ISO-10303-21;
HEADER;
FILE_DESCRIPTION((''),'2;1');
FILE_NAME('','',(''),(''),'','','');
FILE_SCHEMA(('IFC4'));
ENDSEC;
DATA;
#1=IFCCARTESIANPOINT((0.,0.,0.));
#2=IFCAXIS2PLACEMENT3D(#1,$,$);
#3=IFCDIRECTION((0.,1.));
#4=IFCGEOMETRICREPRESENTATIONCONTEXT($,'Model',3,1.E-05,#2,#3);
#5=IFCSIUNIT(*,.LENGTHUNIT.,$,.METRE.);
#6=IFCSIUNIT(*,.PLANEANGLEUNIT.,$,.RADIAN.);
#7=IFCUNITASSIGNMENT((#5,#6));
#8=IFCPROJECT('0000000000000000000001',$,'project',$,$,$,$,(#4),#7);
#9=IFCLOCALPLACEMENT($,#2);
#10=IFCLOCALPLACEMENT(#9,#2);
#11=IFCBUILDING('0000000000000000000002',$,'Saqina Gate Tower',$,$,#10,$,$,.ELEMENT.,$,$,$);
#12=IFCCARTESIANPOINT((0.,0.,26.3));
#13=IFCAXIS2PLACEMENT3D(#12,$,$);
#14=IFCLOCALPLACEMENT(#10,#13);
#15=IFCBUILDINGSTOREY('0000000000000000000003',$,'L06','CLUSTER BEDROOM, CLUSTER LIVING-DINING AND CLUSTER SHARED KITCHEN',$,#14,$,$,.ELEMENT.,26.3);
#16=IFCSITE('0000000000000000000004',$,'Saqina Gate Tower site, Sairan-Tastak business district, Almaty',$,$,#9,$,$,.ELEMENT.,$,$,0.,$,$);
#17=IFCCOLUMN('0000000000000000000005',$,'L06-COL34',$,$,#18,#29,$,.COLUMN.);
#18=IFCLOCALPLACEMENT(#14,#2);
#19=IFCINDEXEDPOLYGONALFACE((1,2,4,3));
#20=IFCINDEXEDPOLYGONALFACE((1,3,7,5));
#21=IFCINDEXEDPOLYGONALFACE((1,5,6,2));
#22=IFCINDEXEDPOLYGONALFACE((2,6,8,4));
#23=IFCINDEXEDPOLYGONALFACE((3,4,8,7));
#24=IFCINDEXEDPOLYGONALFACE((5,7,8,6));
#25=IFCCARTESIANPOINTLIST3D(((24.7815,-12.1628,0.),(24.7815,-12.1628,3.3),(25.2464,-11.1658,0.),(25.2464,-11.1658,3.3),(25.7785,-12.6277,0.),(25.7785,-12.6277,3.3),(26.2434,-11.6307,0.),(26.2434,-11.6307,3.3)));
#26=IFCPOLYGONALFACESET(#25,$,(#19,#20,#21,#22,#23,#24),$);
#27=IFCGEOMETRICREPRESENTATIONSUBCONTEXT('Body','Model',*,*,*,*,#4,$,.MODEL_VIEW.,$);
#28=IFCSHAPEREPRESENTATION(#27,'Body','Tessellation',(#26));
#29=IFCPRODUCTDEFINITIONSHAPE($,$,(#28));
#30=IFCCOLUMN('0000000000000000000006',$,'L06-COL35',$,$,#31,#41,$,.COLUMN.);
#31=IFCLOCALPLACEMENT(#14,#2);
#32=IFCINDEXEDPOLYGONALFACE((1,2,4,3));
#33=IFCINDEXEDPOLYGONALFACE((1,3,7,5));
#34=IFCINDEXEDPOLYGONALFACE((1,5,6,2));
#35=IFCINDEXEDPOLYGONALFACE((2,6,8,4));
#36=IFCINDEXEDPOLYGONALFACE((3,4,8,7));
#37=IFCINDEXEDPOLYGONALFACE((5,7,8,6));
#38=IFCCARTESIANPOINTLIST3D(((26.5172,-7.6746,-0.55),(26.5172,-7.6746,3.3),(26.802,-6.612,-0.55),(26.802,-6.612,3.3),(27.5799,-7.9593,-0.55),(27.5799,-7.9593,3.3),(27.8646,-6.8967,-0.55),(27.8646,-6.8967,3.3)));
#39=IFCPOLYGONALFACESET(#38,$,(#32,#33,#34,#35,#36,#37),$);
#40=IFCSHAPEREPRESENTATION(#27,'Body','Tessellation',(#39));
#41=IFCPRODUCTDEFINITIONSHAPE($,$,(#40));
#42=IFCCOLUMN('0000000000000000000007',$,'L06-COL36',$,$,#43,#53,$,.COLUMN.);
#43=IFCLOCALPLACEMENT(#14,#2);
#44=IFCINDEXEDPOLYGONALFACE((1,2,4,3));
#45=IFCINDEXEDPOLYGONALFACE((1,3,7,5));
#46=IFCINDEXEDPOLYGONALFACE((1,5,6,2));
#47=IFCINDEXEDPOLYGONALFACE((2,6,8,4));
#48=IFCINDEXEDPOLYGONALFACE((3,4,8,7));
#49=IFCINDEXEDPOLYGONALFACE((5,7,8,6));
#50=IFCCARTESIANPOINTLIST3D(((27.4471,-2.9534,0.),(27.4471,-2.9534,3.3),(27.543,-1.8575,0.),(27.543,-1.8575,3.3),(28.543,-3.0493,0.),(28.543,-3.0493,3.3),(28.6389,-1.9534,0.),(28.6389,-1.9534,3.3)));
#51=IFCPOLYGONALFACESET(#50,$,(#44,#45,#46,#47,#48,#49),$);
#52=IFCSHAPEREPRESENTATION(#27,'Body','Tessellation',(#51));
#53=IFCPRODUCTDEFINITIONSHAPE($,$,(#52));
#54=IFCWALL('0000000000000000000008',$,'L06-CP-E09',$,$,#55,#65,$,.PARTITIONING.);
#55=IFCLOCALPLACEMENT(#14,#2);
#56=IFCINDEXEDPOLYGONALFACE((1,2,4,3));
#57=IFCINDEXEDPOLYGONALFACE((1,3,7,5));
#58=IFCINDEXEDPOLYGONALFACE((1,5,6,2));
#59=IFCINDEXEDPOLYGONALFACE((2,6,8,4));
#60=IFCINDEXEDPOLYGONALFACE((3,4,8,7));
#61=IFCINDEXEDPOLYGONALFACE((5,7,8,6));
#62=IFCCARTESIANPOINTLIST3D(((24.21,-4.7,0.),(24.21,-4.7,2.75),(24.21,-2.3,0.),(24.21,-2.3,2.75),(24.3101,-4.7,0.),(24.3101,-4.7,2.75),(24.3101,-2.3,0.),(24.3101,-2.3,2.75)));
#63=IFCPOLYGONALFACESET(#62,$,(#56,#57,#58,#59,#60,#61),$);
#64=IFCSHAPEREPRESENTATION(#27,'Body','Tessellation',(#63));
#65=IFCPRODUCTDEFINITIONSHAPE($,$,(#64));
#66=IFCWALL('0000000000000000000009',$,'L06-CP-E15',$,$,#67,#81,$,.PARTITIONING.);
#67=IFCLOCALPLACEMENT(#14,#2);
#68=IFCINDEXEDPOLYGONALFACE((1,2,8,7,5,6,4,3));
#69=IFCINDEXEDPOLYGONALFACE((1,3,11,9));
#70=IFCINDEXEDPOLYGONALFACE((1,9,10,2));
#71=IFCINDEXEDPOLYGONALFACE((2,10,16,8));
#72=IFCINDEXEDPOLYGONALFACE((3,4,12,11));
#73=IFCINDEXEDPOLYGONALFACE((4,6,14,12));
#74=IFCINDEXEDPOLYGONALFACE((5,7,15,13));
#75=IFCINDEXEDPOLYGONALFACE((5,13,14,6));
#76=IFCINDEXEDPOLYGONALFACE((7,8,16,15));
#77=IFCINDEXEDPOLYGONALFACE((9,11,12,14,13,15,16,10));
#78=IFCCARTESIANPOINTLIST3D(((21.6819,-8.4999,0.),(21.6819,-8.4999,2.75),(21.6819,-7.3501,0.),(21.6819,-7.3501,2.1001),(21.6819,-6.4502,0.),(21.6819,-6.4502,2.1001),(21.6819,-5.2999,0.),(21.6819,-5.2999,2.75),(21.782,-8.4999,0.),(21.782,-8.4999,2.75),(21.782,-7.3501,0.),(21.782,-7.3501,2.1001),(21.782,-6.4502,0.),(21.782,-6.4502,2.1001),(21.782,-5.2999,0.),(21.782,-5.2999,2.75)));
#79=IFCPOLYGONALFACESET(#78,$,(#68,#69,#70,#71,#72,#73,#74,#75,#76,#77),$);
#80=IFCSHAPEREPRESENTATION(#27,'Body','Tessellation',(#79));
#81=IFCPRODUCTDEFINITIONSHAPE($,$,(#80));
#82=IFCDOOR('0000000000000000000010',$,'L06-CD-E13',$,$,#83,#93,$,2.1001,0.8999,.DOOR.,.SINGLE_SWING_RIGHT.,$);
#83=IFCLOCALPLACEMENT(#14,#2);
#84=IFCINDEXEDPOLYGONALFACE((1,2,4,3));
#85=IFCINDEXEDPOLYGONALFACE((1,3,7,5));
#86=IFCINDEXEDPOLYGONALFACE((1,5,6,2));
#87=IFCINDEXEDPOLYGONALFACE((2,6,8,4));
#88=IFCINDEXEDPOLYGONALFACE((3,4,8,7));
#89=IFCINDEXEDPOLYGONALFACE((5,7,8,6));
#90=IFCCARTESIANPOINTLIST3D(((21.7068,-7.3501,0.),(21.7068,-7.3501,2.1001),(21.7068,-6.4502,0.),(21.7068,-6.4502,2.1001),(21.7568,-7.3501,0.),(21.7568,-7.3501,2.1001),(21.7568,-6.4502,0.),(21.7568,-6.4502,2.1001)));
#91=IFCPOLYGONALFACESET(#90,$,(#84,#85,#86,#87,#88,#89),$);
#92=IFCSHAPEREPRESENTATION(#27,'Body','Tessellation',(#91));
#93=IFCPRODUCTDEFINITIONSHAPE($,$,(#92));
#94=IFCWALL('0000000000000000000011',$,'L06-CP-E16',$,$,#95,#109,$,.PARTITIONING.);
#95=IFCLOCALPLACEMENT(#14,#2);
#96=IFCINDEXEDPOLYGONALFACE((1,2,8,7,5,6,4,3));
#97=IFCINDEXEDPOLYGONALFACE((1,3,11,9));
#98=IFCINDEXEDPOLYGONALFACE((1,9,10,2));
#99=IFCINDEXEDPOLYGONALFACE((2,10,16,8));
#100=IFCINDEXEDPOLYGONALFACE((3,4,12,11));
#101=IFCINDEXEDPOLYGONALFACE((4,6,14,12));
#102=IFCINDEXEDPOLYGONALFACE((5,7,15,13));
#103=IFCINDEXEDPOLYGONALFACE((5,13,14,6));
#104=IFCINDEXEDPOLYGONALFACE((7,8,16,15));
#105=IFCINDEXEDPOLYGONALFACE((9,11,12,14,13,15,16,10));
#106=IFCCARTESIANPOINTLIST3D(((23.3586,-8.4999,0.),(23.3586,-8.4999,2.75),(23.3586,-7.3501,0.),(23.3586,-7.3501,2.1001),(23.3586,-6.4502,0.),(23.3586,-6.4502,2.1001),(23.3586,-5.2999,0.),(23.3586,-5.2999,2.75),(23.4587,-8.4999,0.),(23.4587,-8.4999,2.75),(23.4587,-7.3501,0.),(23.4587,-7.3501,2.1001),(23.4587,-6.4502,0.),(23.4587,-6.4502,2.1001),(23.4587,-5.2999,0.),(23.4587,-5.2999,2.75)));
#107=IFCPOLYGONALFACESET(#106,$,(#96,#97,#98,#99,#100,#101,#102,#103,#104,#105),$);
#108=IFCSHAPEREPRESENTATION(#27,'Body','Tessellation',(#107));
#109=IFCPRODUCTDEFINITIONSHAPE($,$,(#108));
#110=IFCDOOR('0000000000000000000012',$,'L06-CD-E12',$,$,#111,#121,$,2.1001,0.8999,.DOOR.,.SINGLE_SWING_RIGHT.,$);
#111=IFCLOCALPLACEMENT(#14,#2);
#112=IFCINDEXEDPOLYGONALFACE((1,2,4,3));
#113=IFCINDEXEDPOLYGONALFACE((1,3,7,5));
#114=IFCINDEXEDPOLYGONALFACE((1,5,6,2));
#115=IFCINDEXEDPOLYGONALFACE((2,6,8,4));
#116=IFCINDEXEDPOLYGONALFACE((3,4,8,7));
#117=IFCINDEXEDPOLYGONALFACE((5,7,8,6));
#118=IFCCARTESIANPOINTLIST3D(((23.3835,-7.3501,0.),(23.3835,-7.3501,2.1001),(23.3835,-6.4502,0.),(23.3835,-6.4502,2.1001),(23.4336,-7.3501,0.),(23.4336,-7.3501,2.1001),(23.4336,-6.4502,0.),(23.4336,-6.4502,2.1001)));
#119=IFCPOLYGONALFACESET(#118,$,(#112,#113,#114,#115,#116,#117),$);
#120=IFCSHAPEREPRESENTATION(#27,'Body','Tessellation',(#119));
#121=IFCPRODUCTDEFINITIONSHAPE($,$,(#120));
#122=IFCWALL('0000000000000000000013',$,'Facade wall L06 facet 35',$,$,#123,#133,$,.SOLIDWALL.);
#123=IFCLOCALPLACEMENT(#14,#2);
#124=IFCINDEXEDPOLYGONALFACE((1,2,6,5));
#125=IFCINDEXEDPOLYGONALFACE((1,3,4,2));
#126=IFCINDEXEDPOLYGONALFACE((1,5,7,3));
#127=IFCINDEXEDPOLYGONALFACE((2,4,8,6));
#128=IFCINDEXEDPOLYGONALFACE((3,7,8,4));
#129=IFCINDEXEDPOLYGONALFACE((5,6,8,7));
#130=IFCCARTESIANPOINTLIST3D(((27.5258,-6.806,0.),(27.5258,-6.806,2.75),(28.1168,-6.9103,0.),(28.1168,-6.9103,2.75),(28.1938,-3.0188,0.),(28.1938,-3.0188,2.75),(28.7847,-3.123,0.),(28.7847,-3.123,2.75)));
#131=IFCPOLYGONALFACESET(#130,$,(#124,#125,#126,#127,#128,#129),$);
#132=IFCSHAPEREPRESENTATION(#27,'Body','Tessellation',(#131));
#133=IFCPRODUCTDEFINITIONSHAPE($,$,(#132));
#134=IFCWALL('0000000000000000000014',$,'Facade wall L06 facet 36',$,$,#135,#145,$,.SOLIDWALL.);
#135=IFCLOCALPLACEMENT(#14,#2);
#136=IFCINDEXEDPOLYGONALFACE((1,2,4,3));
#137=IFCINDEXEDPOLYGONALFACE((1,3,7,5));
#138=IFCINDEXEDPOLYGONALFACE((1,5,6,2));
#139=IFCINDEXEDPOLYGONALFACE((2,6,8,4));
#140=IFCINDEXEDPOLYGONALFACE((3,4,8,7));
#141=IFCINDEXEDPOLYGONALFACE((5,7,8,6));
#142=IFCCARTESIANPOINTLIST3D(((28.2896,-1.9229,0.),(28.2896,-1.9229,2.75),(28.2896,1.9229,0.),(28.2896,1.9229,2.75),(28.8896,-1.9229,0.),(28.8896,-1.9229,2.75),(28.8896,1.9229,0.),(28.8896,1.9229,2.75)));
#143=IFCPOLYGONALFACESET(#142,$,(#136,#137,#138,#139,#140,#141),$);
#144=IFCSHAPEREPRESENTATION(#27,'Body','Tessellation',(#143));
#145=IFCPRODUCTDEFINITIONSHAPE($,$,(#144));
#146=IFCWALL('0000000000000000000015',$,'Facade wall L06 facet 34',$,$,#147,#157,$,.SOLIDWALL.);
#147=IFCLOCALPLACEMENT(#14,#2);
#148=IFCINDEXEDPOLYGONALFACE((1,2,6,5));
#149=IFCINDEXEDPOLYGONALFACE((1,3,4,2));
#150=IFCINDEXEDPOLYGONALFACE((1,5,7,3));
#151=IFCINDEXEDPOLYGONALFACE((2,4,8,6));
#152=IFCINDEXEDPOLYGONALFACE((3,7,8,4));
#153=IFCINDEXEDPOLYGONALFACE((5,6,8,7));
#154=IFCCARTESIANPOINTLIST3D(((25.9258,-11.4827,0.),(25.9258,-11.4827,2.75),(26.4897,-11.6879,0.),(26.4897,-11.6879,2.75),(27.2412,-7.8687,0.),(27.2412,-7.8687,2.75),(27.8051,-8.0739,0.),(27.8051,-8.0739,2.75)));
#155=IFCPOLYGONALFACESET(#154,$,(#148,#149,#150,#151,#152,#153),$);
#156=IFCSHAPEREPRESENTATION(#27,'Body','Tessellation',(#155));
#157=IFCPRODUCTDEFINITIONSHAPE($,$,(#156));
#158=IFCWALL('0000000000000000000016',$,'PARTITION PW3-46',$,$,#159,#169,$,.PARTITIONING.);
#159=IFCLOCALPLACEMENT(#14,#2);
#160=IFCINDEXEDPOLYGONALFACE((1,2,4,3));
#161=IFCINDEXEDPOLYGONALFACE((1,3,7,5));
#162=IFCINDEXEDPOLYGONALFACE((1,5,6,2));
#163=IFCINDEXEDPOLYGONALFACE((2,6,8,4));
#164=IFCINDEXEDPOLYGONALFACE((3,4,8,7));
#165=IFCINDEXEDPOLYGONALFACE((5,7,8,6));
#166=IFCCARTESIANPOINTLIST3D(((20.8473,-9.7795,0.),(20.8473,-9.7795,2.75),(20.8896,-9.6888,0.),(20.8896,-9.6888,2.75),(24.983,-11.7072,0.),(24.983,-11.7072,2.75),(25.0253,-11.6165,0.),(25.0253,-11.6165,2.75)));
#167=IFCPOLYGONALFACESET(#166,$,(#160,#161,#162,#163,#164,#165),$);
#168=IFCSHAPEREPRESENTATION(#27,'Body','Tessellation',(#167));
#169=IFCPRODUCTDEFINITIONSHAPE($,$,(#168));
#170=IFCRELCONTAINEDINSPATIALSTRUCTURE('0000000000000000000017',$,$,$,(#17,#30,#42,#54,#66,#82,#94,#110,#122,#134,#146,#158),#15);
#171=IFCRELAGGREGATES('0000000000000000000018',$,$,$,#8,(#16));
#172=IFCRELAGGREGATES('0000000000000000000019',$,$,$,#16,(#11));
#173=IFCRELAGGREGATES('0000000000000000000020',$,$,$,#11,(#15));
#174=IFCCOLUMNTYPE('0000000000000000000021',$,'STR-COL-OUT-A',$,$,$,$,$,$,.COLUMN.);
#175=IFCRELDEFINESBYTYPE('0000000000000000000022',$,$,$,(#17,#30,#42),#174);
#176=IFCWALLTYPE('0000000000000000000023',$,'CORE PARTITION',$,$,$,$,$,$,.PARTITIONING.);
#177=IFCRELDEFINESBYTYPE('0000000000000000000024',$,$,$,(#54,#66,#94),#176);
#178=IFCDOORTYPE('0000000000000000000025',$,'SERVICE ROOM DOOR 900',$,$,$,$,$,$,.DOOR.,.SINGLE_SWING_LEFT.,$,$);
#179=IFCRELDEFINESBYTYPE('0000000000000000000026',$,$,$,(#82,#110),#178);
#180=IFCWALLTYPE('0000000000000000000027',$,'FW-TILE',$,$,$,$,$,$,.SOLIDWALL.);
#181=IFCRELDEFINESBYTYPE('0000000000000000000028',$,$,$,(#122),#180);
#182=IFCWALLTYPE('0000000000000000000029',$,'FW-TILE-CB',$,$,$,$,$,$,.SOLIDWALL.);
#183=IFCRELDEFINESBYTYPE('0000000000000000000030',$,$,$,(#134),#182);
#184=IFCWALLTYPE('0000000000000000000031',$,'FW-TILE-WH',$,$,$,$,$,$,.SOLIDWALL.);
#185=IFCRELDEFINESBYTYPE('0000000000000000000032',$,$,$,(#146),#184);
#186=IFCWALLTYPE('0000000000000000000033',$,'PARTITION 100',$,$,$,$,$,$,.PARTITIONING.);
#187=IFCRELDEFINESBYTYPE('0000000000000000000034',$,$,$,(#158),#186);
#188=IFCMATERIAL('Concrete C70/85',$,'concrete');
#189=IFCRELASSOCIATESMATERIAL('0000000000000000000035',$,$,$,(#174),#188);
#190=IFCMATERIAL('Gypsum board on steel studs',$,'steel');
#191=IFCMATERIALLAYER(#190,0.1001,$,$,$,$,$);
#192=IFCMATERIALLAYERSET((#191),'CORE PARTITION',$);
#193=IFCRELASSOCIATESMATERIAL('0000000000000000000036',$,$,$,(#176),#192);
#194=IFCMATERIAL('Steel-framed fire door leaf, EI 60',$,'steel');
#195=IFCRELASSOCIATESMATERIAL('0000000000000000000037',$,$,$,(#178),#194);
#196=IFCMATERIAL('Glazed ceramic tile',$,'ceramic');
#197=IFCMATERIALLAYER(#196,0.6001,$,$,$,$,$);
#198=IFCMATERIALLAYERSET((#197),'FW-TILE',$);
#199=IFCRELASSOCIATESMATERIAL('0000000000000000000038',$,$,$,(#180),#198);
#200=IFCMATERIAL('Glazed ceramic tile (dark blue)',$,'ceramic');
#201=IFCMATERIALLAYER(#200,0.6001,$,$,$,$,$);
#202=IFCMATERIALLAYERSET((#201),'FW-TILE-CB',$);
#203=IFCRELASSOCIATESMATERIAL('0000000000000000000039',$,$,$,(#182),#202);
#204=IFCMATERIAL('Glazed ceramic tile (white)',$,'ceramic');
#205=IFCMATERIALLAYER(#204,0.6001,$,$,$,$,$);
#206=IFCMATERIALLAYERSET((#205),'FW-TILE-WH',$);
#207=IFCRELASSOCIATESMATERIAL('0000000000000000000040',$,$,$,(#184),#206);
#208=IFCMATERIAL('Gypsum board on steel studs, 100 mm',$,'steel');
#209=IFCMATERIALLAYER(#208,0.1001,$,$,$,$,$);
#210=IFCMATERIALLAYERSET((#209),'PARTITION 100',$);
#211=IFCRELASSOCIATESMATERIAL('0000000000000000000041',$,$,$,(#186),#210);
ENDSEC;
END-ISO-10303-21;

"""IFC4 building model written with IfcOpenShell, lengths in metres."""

from ifc_helpers import new_model, si_unit, direction, frame, frame_2d, origin, origin_2d, place, context, subcontext, project, spatial, rectangle, extrude, material, layer, layer_set, material_profile, profile_set, type_object, element, fill, save


model = new_model("IFC4")

# Units and contexts
model_context = context("Model", 3, precision=1e-05, world=origin(), true_north=direction((0.0, 1.0)))
body_context = subcontext(model_context, "Body", "Model", "MODEL_VIEW")
ifc_project = project(units=[si_unit("LENGTHUNIT", "METRE"), si_unit("PLANEANGLEUNIT", "RADIAN")], contexts=[model_context])

# Site, building, storey
site_placement = place(None, origin())
site = spatial("IfcSite", under=ifc_project, at=site_placement, Name="Saqina Gate Tower site, Sairan-Tastak business district, Almaty", CompositionType="ELEMENT", RefElevation=0.0)
building_placement = place(site_placement, origin())
building = spatial("IfcBuilding", under=site, at=building_placement, Name="Saqina Gate Tower", CompositionType="ELEMENT")
storey_placement = place(building_placement, frame((0.0, 0.0, 26.3)))
storey = spatial("IfcBuildingStorey", under=building, at=storey_placement, Name="L06", Description="CLUSTER BEDROOM, CLUSTER LIVING-DINING AND CLUSTER SHARED KITCHEN", CompositionType="ELEMENT", Elevation=26.3)

# Columns
ifc_material_1 = material(Name="Concrete C70/85", Category="concrete")
ifc_material_profile = material_profile(ifc_material_1, rectangle(XDim=1.1001, YDim=1.1001, at=origin_2d()), Name="RC 1100x1100")
ifc_profile_set = profile_set([ifc_material_profile], Name="Concrete C70/85")
column_type = type_object("IfcColumnType", Name="STR-COL-OUT-A", PredefinedType="COLUMN", material=ifc_profile_set)
column_1_placement = place(storey_placement, frame((25.5125, -11.8967, 0.0), z_axis=(0.0, 0.0, 1.0), x_axis=(0.906308, -0.422618, 0.0)))
element("IfcColumn", 1, at=column_1_placement, inside=storey, type_object=column_type, Name="L06-COL34", PredefinedType="COLUMN", context=body_context, shape_type="SweptSolid", body=[
    extrude(rectangle(XDim=1.1001, YDim=1.1001, at=origin_2d()), origin(), (0.0, 0.0, 1.0), 3.3),
])
column_2_placement = place(storey_placement, frame((27.1909, -7.2856, -0.55), z_axis=(0.0, 0.0, 1.0), x_axis=(0.965926, -0.258819, 0.0)))
element("IfcColumn", 2, at=column_2_placement, inside=storey, type_object=column_type, Name="L06-COL35", PredefinedType="COLUMN", context=body_context, shape_type="SweptSolid", body=[
    extrude(rectangle(XDim=1.1001, YDim=1.1001, at=origin_2d()), origin(), (0.0, 0.0, 1.0), 3.8501),
])
column_3_placement = place(storey_placement, frame((28.043, -2.4534, 0.0), z_axis=(0.0, 0.0, 1.0), x_axis=(0.996195, -0.087156, 0.0)))
element("IfcColumn", 3, at=column_3_placement, inside=storey, type_object=column_type, Name="L06-COL36", PredefinedType="COLUMN", context=body_context, shape_type="SweptSolid", body=[
    extrude(rectangle(XDim=1.1001, YDim=1.1001, at=origin_2d()), origin(), (0.0, 0.0, 1.0), 3.3),
])

# Wall
ifc_material_2 = material(Name="Gypsum board on steel studs", Category="steel")
ifc_layer_1 = layer(ifc_material_2, 0.1001)
ifc_layer_set_1 = layer_set([ifc_layer_1], Name="CORE PARTITION")
wall_type_1 = type_object("IfcWallType", Name="CORE PARTITION", PredefinedType="PARTITIONING", material=ifc_layer_set_1)
wall_1_placement = place(storey_placement, frame((24.26, -4.7, 0.0), z_axis=(0.0, 0.0, 1.0), x_axis=(0.0, 1.0, 0.0)))
element("IfcWall", 4, at=wall_1_placement, inside=storey, type_object=wall_type_1, Name="L06-CP-E09", PredefinedType="PARTITIONING", context=body_context, shape_type="SweptSolid", body=[
    extrude(rectangle(XDim=2.3999, YDim=0.1001, at=frame_2d((1.2, 0.0))), origin(), (0.0, 0.0, 1.0), 2.75),
])

# Walls, openings, doors
wall_2_placement = place(storey_placement, frame((21.7319, -8.5, 0.0), z_axis=(0.0, 0.0, 1.0), x_axis=(0.0, 1.0, 0.0)))
wall_2 = element("IfcWall", 5, at=wall_2_placement, inside=storey, type_object=wall_type_1, Name="L06-CP-E15", PredefinedType="PARTITIONING", context=body_context, shape_type="SweptSolid", body=[
    extrude(rectangle(XDim=3.2, YDim=0.1001, at=frame_2d((1.6001, 0.0))), origin(), (0.0, 0.0, 1.0), 2.75),
])
opening_1_placement = place(wall_2_placement, frame((1.1499, 0.0, 0.0)))
opening_1 = element("IfcOpeningElement", 6, at=opening_1_placement, cuts=wall_2, PredefinedType="OPENING", context=body_context, shape_type="SweptSolid", body=[
    extrude(rectangle(XDim=0.8999, YDim=2.1001, at=frame_2d((0.45, 1.05))), frame((0.0, 0.062, 0.0), z_axis=(0.0, -1.0, 0.0), x_axis=(1.0, 0.0, 0.0)), (0.0, 0.0, 1.0), 0.124),
])
ifc_material_3 = material(Name="Steel-framed fire door leaf, EI 60", Category="steel")
door_type = type_object("IfcDoorType", Name="SERVICE ROOM DOOR 900", OperationType="SINGLE_SWING_LEFT", PredefinedType="DOOR", material=ifc_material_3)
door_1_placement = place(opening_1_placement, frame((0.8999, 0.0, 0.0), z_axis=(0.0, 0.0, 1.0), x_axis=(-1.0, 0.0, 0.0)))
door_1 = element("IfcDoor", 7, at=door_1_placement, inside=storey, type_object=door_type, Name="L06-CD-E13", OperationType="SINGLE_SWING_RIGHT", OverallHeight=2.1001, OverallWidth=0.8999, PredefinedType="DOOR", context=body_context, shape_type="SweptSolid", body=[
    extrude(rectangle(XDim=0.8999, YDim=2.1001, at=frame_2d((0.45, 1.05))), frame((0.0, 0.0249, 0.0), z_axis=(0.0, -1.0, 0.0), x_axis=(1.0, 0.0, 0.0)), (0.0, 0.0, 1.0), 0.05),
])
fill(opening_1, door_1)
wall_3_placement = place(storey_placement, frame((23.4087, -8.5, 0.0), z_axis=(0.0, 0.0, 1.0), x_axis=(0.0, 1.0, 0.0)))
wall_3 = element("IfcWall", 8, at=wall_3_placement, inside=storey, type_object=wall_type_1, Name="L06-CP-E16", PredefinedType="PARTITIONING", context=body_context, shape_type="SweptSolid", body=[
    extrude(rectangle(XDim=3.2, YDim=0.1001, at=frame_2d((1.6001, 0.0))), origin(), (0.0, 0.0, 1.0), 2.75),
])
opening_2_placement = place(wall_3_placement, frame((1.1499, 0.0, 0.0)))
opening_2 = element("IfcOpeningElement", 9, at=opening_2_placement, cuts=wall_3, PredefinedType="OPENING", context=body_context, shape_type="SweptSolid", body=[
    extrude(rectangle(XDim=0.8999, YDim=2.1001, at=frame_2d((0.45, 1.05))), frame((0.0, 0.062, 0.0), z_axis=(0.0, -1.0, 0.0), x_axis=(1.0, 0.0, 0.0)), (0.0, 0.0, 1.0), 0.124),
])
door_2_placement = place(opening_2_placement, frame((0.8999, 0.0, 0.0), z_axis=(0.0, 0.0, 1.0), x_axis=(-1.0, 0.0, 0.0)))
door_2 = element("IfcDoor", 10, at=door_2_placement, inside=storey, type_object=door_type, Name="L06-CD-E12", OperationType="SINGLE_SWING_RIGHT", OverallHeight=2.1001, OverallWidth=0.8999, PredefinedType="DOOR", context=body_context, shape_type="SweptSolid", body=[
    extrude(rectangle(XDim=0.8999, YDim=2.1001, at=frame_2d((0.45, 1.05))), frame((0.0, 0.0249, 0.0), z_axis=(0.0, -1.0, 0.0), x_axis=(1.0, 0.0, 0.0)), (0.0, 0.0, 1.0), 0.05),
])
fill(opening_2, door_2)

# Walls
ifc_material_4 = material(Name="Glazed ceramic tile", Category="ceramic")
ifc_layer_2 = layer(ifc_material_4, 0.6001)
ifc_layer_set_2 = layer_set([ifc_layer_2], Name="FW-TILE")
wall_type_2 = type_object("IfcWallType", Name="FW-TILE", PredefinedType="SOLIDWALL", material=ifc_layer_set_2)
wall_4_placement = place(storey_placement, frame((27.8213, -6.8582, 0.0), z_axis=(0.0, 0.0, 1.0), x_axis=(0.173688, 0.984801, 0.0)))
element("IfcWall", 11, at=wall_4_placement, inside=storey, type_object=wall_type_2, Name="Facade wall L06 facet 35", PredefinedType="SOLIDWALL", context=body_context, shape_type="SweptSolid", body=[
    extrude(rectangle(XDim=3.8457, YDim=0.6001, at=frame_2d((1.9229, 0.0))), origin(), (0.0, 0.0, 1.0), 2.75),
])
ifc_material_5 = material(Name="Glazed ceramic tile (dark blue)", Category="ceramic")
ifc_layer_3 = layer(ifc_material_5, 0.6001)
ifc_layer_set_3 = layer_set([ifc_layer_3], Name="FW-TILE-CB")
wall_type_3 = type_object("IfcWallType", Name="FW-TILE-CB", PredefinedType="SOLIDWALL", material=ifc_layer_set_3)
wall_5_placement = place(storey_placement, frame((28.5896, -1.9229, 0.0), z_axis=(0.0, 0.0, 1.0), x_axis=(0.0, 1.0, 0.0)))
element("IfcWall", 12, at=wall_5_placement, inside=storey, type_object=wall_type_3, Name="Facade wall L06 facet 36", PredefinedType="SOLIDWALL", context=body_context, shape_type="SweptSolid", body=[
    extrude(rectangle(XDim=3.8457, YDim=0.6001, at=frame_2d((1.9229, 0.0))), origin(), (0.0, 0.0, 1.0), 2.75),
])
ifc_material_6 = material(Name="Glazed ceramic tile (white)", Category="ceramic")
ifc_layer_4 = layer(ifc_material_6, 0.6001)
ifc_layer_set_4 = layer_set([ifc_layer_4], Name="FW-TILE-WH")
wall_type_4 = type_object("IfcWallType", Name="FW-TILE-WH", PredefinedType="SOLIDWALL", material=ifc_layer_set_4)
wall_6_placement = place(storey_placement, frame((26.2078, -11.5852, 0.0), z_axis=(0.0, 0.0, 1.0), x_axis=(0.342028, 0.93969, 0.0)))
element("IfcWall", 13, at=wall_6_placement, inside=storey, type_object=wall_type_4, Name="Facade wall L06 facet 34", PredefinedType="SOLIDWALL", context=body_context, shape_type="SweptSolid", body=[
    extrude(rectangle(XDim=3.8459, YDim=0.6001, at=frame_2d((1.9229, 0.0))), origin(), (0.0, 0.0, 1.0), 2.75),
])
ifc_material_7 = material(Name="Gypsum board on steel studs, 100 mm", Category="steel")
ifc_layer_5 = layer(ifc_material_7, 0.1001)
ifc_layer_set_5 = layer_set([ifc_layer_5], Name="PARTITION 100")
wall_type_5 = type_object("IfcWallType", Name="PARTITION 100", PredefinedType="PARTITIONING", material=ifc_layer_set_5)
wall_7_placement = place(storey_placement, frame((20.8684, -9.7341, 0.0), z_axis=(0.0, 0.0, 1.0), x_axis=(0.906374, -0.422475, 0.0)))
element("IfcWall", 14, at=wall_7_placement, inside=storey, type_object=wall_type_5, Name="PARTITION PW3-46", PredefinedType="PARTITIONING", context=body_context, shape_type="SweptSolid", body=[
    extrude(rectangle(XDim=4.563, YDim=0.1001, at=frame_2d((2.2815, 0.0))), origin(), (0.0, 0.0, 1.0), 2.75),
])

save(model, "model.ifc")
